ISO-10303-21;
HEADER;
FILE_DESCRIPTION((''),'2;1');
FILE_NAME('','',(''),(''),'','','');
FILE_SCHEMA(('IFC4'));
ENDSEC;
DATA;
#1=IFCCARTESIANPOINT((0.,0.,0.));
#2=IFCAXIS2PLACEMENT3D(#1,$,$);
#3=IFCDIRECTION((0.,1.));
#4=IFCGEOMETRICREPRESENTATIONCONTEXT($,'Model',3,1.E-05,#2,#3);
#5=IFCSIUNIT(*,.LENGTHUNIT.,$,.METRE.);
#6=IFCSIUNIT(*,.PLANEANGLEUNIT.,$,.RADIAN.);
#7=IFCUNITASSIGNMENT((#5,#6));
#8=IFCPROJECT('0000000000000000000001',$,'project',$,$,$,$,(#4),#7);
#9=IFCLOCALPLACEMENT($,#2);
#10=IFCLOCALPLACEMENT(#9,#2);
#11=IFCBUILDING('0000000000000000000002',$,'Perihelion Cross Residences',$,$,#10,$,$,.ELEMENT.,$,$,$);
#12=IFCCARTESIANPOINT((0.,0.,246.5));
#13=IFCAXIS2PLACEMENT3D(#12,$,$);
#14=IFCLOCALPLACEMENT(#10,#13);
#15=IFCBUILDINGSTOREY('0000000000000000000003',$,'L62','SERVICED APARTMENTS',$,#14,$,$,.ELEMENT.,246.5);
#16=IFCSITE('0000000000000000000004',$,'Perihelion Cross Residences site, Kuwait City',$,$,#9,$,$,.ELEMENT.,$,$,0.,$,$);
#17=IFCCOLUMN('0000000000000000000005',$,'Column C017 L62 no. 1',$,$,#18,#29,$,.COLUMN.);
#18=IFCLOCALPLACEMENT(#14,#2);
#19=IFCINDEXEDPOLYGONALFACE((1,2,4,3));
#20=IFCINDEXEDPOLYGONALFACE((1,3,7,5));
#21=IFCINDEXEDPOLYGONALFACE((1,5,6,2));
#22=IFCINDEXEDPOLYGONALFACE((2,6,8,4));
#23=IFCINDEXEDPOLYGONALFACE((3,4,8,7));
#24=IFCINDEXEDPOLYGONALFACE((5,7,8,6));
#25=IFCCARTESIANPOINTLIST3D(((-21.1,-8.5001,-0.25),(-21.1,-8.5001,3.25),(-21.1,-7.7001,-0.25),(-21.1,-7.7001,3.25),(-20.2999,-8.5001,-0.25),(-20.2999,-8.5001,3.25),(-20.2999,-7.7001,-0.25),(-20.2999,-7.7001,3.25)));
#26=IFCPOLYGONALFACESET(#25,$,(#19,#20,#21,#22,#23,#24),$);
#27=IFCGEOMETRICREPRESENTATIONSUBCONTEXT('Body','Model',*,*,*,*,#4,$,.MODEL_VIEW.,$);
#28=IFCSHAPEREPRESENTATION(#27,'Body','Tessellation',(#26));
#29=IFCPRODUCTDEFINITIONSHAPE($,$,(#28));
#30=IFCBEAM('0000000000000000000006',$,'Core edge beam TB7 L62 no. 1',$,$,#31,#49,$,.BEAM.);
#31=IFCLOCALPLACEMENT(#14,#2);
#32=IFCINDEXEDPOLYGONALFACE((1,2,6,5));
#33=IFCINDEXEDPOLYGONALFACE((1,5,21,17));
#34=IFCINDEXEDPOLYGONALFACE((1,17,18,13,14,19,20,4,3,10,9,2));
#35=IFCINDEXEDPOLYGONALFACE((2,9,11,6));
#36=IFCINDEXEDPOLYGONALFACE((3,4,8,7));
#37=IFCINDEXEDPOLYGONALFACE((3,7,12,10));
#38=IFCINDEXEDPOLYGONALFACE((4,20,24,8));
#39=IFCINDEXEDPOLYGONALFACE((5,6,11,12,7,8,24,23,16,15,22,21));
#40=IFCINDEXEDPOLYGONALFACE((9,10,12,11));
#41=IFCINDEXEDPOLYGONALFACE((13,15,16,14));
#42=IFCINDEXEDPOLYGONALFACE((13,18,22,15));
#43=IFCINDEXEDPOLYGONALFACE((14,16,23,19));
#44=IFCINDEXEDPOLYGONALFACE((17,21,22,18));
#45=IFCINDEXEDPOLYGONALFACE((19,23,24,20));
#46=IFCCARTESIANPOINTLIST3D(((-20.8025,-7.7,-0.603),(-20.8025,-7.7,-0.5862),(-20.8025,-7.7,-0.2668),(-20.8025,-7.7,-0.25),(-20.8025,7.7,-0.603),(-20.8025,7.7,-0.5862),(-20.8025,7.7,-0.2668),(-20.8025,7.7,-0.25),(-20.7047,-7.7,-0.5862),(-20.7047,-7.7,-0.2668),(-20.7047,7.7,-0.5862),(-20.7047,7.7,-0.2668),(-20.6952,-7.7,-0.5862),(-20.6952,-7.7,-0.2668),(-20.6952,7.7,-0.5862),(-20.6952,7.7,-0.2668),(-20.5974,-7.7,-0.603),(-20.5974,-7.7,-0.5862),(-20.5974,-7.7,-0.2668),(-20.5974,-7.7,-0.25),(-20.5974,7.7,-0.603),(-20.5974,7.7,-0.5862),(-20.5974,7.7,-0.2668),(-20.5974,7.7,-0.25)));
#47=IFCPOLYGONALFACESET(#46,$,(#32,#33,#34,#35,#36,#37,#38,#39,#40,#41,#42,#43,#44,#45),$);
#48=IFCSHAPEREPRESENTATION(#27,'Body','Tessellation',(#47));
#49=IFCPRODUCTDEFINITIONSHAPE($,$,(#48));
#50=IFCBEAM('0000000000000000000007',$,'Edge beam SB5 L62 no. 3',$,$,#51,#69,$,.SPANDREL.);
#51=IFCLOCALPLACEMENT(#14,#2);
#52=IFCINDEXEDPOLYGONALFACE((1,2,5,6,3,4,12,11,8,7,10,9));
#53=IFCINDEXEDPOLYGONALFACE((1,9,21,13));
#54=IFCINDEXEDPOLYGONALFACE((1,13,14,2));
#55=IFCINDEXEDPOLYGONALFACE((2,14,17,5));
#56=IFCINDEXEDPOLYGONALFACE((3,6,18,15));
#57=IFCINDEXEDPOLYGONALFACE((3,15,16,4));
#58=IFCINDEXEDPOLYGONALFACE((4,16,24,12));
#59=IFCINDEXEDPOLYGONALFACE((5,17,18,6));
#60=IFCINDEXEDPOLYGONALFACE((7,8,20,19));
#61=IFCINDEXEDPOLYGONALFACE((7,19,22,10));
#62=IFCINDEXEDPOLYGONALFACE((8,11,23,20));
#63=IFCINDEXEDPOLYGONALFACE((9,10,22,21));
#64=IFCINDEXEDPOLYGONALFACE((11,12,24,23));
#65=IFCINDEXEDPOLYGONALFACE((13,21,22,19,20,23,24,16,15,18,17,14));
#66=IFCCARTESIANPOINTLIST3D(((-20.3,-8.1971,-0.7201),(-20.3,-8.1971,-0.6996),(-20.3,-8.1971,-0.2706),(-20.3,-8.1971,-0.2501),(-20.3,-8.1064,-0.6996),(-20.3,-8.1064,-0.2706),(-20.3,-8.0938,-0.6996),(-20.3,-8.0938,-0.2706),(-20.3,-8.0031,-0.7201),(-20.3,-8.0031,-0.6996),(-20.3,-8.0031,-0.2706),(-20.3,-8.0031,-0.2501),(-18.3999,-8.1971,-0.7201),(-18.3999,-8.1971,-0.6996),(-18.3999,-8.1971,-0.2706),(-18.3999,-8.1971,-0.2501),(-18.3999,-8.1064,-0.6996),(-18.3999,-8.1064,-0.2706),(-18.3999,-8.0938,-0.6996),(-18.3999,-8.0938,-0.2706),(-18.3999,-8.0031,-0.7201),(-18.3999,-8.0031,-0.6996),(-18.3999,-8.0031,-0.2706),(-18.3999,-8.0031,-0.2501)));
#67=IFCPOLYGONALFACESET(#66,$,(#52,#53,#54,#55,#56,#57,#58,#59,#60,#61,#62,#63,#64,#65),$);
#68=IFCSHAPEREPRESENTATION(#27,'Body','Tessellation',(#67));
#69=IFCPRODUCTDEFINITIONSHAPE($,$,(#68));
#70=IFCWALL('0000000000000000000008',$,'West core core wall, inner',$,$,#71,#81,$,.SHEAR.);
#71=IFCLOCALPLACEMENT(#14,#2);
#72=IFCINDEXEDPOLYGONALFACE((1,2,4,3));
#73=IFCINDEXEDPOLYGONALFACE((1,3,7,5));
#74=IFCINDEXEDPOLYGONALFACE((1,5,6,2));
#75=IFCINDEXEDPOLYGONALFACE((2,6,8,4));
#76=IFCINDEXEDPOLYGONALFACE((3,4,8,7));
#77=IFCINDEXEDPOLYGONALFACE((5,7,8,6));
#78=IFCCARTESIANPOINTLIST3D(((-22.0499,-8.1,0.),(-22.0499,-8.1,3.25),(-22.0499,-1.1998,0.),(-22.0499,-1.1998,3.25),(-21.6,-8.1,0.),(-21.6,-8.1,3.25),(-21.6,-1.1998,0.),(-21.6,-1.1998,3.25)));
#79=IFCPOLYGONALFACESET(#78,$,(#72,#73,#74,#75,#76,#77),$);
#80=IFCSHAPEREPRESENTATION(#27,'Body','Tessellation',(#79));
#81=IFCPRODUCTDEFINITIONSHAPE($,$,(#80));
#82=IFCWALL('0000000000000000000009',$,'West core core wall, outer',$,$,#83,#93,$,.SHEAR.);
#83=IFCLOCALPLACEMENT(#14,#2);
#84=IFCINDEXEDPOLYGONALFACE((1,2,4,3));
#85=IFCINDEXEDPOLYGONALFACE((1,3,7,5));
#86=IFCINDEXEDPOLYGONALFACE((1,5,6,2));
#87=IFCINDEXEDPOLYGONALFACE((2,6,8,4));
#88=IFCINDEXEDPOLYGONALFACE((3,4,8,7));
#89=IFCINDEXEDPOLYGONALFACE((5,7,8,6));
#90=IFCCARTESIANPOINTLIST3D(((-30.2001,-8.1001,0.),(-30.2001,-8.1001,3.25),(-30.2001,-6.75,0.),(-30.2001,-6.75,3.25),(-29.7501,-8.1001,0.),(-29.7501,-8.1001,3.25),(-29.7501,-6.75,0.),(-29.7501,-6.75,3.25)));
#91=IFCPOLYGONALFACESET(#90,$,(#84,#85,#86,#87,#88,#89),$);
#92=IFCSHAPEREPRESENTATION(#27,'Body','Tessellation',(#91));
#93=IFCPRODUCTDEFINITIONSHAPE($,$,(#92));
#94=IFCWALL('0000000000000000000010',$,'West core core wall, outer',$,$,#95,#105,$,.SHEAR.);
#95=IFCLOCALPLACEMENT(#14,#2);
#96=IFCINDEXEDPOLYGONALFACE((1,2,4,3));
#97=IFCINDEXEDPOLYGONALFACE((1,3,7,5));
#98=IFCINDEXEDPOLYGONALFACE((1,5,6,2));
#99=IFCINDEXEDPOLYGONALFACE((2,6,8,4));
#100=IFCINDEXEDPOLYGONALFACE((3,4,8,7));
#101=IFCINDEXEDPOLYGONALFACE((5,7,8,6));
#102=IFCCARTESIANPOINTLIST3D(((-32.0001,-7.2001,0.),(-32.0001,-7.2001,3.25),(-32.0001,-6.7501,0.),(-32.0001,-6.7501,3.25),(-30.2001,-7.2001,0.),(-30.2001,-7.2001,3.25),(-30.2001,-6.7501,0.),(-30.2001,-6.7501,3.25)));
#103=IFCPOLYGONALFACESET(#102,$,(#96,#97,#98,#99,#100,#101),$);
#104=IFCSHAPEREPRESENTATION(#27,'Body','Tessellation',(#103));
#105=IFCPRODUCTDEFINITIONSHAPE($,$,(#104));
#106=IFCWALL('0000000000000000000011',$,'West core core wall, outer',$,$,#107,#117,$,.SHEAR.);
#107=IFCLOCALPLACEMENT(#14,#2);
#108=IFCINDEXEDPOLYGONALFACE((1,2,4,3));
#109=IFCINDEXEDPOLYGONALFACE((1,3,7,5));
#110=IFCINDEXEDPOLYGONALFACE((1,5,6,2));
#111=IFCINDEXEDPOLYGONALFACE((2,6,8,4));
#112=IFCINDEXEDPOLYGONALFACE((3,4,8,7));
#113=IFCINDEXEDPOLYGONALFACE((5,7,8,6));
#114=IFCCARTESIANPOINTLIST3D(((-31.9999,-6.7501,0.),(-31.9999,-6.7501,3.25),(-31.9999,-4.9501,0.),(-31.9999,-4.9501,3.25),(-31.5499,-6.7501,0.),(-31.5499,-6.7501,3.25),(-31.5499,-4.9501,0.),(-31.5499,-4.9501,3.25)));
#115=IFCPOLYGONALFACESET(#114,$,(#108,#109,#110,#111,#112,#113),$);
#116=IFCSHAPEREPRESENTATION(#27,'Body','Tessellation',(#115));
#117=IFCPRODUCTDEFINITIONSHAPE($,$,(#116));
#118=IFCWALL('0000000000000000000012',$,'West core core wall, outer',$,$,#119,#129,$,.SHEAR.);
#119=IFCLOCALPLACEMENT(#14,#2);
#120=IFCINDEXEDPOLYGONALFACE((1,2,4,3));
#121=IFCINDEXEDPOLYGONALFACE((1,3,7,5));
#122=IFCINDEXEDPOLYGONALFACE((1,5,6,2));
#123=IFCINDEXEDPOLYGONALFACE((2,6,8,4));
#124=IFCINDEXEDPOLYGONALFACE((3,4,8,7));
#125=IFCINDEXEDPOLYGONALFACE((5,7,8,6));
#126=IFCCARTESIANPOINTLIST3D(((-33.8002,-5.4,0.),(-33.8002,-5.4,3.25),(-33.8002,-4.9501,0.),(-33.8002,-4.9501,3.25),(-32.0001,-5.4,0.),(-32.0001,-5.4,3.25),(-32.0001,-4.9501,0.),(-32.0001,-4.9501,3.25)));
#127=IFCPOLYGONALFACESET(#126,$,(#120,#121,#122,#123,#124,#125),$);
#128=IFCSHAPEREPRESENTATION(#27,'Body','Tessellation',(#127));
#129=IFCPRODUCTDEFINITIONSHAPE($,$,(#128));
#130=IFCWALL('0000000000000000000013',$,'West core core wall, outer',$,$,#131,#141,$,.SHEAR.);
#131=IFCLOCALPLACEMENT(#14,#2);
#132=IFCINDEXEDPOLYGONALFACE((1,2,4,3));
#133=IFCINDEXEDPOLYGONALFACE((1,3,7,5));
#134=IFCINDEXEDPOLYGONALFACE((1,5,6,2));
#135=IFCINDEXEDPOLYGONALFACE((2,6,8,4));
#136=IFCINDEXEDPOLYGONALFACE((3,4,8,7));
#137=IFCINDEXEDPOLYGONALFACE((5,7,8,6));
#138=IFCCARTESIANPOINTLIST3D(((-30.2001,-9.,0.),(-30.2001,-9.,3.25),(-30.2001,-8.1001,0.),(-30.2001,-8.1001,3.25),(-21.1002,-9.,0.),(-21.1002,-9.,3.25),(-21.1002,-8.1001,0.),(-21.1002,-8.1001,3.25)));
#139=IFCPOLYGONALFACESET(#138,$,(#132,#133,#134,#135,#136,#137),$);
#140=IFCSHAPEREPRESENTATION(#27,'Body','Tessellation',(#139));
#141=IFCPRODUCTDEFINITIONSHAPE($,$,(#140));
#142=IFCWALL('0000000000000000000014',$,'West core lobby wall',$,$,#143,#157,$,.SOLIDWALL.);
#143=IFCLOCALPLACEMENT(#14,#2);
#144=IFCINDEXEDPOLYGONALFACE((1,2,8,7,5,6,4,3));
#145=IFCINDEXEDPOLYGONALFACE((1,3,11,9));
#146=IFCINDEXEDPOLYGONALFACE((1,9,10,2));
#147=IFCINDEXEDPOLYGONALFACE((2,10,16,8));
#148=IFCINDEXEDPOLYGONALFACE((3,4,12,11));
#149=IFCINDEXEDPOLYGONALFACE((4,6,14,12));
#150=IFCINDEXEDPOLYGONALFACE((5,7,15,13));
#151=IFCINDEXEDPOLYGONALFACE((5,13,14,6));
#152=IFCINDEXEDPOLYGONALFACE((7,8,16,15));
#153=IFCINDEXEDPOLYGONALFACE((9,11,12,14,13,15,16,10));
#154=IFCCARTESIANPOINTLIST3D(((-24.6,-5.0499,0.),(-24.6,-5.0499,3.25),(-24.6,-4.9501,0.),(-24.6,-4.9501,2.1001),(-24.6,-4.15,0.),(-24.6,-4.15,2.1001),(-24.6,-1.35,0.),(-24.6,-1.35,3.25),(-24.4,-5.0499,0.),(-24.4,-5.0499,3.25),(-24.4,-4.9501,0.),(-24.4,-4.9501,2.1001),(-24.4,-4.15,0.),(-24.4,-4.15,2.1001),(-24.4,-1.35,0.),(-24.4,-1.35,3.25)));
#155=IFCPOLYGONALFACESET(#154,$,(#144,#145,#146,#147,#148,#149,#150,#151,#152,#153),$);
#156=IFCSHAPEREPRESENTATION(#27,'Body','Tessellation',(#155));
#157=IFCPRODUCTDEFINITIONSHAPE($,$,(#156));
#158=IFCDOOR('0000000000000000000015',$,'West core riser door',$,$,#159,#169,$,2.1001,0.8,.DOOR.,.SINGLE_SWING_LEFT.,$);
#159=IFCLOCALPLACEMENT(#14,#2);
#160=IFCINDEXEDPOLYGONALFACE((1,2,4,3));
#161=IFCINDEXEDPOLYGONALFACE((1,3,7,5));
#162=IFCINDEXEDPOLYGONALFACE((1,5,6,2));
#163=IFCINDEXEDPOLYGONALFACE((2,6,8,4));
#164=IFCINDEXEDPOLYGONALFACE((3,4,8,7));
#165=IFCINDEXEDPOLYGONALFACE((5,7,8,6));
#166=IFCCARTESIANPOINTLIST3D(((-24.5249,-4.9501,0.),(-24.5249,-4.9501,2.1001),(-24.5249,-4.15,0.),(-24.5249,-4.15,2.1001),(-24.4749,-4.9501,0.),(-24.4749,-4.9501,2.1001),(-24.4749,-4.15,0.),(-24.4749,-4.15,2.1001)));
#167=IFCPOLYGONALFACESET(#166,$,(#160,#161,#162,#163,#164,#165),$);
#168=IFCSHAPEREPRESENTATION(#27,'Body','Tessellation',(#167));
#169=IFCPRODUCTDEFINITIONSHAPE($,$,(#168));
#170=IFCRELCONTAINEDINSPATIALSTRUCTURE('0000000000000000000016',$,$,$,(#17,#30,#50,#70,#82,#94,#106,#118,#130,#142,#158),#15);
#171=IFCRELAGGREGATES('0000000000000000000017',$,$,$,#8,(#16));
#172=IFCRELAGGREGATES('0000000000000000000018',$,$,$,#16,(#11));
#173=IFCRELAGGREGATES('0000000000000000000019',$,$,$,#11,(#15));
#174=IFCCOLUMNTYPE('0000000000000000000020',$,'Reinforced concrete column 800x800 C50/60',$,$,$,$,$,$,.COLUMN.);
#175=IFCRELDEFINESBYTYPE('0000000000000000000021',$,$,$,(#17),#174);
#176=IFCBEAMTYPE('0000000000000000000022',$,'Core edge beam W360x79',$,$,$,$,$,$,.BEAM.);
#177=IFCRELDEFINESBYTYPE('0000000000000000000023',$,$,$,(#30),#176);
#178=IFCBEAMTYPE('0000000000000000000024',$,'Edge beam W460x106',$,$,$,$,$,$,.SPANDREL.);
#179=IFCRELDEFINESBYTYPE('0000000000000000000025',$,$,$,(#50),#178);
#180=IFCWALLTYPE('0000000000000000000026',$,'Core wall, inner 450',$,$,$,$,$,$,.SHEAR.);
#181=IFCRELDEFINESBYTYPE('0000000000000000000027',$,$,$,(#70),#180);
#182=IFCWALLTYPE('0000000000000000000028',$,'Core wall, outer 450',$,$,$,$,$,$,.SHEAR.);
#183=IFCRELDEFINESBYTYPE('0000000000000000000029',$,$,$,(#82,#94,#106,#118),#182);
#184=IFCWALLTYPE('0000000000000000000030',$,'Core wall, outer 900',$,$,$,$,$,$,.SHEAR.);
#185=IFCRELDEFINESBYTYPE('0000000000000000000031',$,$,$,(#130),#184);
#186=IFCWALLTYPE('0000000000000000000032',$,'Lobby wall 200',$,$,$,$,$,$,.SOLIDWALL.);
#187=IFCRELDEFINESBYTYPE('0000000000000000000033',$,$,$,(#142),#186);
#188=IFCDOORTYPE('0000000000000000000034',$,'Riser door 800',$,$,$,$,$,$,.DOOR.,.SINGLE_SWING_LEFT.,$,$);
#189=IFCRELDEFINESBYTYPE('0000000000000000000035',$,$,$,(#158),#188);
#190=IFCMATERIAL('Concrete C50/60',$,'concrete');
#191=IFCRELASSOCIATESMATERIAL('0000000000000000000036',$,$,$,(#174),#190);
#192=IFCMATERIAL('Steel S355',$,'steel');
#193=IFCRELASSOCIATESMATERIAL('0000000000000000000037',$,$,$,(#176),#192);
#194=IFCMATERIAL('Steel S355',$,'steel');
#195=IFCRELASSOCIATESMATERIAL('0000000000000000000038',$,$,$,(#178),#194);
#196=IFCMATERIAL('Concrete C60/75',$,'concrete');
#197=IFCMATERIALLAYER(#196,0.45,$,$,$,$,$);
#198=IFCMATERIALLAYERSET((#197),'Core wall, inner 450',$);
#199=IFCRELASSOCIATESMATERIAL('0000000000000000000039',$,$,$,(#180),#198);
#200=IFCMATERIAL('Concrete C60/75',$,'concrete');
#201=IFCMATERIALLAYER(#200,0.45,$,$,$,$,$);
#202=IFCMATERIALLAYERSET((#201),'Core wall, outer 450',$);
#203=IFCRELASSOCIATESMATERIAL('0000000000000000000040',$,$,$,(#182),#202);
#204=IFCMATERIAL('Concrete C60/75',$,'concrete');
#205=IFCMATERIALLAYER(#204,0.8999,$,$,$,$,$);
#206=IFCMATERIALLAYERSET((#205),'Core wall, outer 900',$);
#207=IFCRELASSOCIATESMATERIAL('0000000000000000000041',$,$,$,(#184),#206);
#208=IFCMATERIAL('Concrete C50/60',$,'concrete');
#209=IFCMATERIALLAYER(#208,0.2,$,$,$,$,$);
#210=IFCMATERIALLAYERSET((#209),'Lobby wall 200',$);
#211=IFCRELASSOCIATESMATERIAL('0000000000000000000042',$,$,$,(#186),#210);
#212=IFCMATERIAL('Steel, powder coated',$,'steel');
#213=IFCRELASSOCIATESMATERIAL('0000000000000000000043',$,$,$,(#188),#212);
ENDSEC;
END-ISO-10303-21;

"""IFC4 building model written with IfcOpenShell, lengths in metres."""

from ifc_helpers import new_model, si_unit, direction, frame, frame_2d, origin, origin_2d, place, context, subcontext, project, spatial, rectangle, i_section, extrude, material, layer, layer_set, material_profile, profile_set, type_object, element, fill, save


model = new_model("IFC4")

# Units and contexts
model_context = context("Model", 3, precision=1e-05, world=origin(), true_north=direction((0.0, 1.0)))
body_context = subcontext(model_context, "Body", "Model", "MODEL_VIEW")
ifc_project = project(units=[si_unit("LENGTHUNIT", "METRE"), si_unit("PLANEANGLEUNIT", "RADIAN")], contexts=[model_context])

# Site, building, storey
site_placement = place(None, origin())
site = spatial("IfcSite", under=ifc_project, at=site_placement, Name="Perihelion Cross Residences site, Kuwait City", CompositionType="ELEMENT", RefElevation=0.0)
building_placement = place(site_placement, origin())
building = spatial("IfcBuilding", under=site, at=building_placement, Name="Perihelion Cross Residences", CompositionType="ELEMENT")
storey_placement = place(building_placement, frame((0.0, 0.0, 246.5)))
storey = spatial("IfcBuildingStorey", under=building, at=storey_placement, Name="L62", Description="SERVICED APARTMENTS", CompositionType="ELEMENT", Elevation=246.5)

# Column
ifc_material_1 = material(Name="Concrete C50/60", Category="concrete")
ifc_material_profile_1 = material_profile(ifc_material_1, rectangle(XDim=0.8, YDim=0.8, at=origin_2d()), Name="RC 800x800")
ifc_profile_set_1 = profile_set([ifc_material_profile_1], Name="Concrete C50/60")
column_type = type_object("IfcColumnType", Name="Reinforced concrete column 800x800 C50/60", PredefinedType="COLUMN", material=ifc_profile_set_1)
column_placement = place(storey_placement, frame((-20.7, -8.1001, -0.25), z_axis=(0.0, 0.0, 1.0), x_axis=(1.0, 0.0, 0.0)))
element("IfcColumn", 1, at=column_placement, inside=storey, type_object=column_type, Name="Column C017 L62 no. 1", PredefinedType="COLUMN", context=body_context, shape_type="SweptSolid", body=[
    extrude(rectangle(XDim=0.8, YDim=0.8, at=origin_2d()), origin(), (0.0, 0.0, 1.0), 3.5),
])

# Beams
ifc_material_2 = material(Name="Steel S355", Category="steel")
ifc_material_profile_2 = material_profile(ifc_material_2, i_section(OverallWidth=0.2051, OverallDepth=0.353, WebThickness=0.0095, FlangeThickness=0.0168, at=origin_2d()), Name="W360x79")
ifc_profile_set_2 = profile_set([ifc_material_profile_2], Name="Steel S355")
beam_type_1 = type_object("IfcBeamType", Name="Core edge beam W360x79", PredefinedType="BEAM", material=ifc_profile_set_2)
beam_1_placement = place(storey_placement, frame((-20.7, -7.7, -0.4265), z_axis=(0.0, 1.0, 0.0), x_axis=(-1.0, 0.0, 0.0)))
element("IfcBeam", 2, at=beam_1_placement, inside=storey, type_object=beam_type_1, Name="Core edge beam TB7 L62 no. 1", PredefinedType="BEAM", context=body_context, shape_type="SweptSolid", body=[
    extrude(i_section(OverallWidth=0.2051, OverallDepth=0.353, WebThickness=0.0095, FlangeThickness=0.0168, at=origin_2d()), origin(), (0.0, 0.0, 1.0), 15.3999),
])
ifc_material_3 = material(Name="Steel S355", Category="steel")
ifc_material_profile_3 = material_profile(ifc_material_3, i_section(OverallWidth=0.1941, OverallDepth=0.47, WebThickness=0.0127, FlangeThickness=0.0205, at=origin_2d()), Name="W460x106")
ifc_profile_set_3 = profile_set([ifc_material_profile_3], Name="Steel S355")
beam_type_2 = type_object("IfcBeamType", Name="Edge beam W460x106", PredefinedType="SPANDREL", material=ifc_profile_set_3)
beam_2_placement = place(storey_placement, frame((-20.3, -8.1001, -0.4851), z_axis=(1.0, 0.0, 0.0), x_axis=(0.0, 1.0, 0.0)))
element("IfcBeam", 3, at=beam_2_placement, inside=storey, type_object=beam_type_2, Name="Edge beam SB5 L62 no. 3", PredefinedType="SPANDREL", context=body_context, shape_type="SweptSolid", body=[
    extrude(i_section(OverallWidth=0.1941, OverallDepth=0.47, WebThickness=0.0127, FlangeThickness=0.0205, at=origin_2d()), origin(), (0.0, 0.0, 1.0), 1.9001),
])

# Walls
ifc_material_4 = material(Name="Concrete C60/75", Category="concrete")
ifc_layer_1 = layer(ifc_material_4, 0.45)
ifc_layer_set_1 = layer_set([ifc_layer_1], Name="Core wall, inner 450")
wall_type_1 = type_object("IfcWallType", Name="Core wall, inner 450", PredefinedType="SHEAR", material=ifc_layer_set_1)
wall_1_placement = place(storey_placement, frame((-21.825, -8.1001, 0.0), z_axis=(0.0, 0.0, 1.0), x_axis=(0.0, 1.0, 0.0)))
element("IfcWall", 4, at=wall_1_placement, inside=storey, type_object=wall_type_1, Name="West core core wall, inner", PredefinedType="SHEAR", context=body_context, shape_type="SweptSolid", body=[
    extrude(rectangle(XDim=6.9001, YDim=0.45, at=frame_2d((3.4502, 0.0))), origin(), (0.0, 0.0, 1.0), 3.25),
])
ifc_material_5 = material(Name="Concrete C60/75", Category="concrete")
ifc_layer_2 = layer(ifc_material_5, 0.45)
ifc_layer_set_2 = layer_set([ifc_layer_2], Name="Core wall, outer 450")
wall_type_2 = type_object("IfcWallType", Name="Core wall, outer 450", PredefinedType="SHEAR", material=ifc_layer_set_2)
wall_2_placement = place(storey_placement, frame((-29.9751, -8.1001, 0.0), z_axis=(0.0, 0.0, 1.0), x_axis=(0.0, 1.0, 0.0)))
element("IfcWall", 5, at=wall_2_placement, inside=storey, type_object=wall_type_2, Name="West core core wall, outer", PredefinedType="SHEAR", context=body_context, shape_type="SweptSolid", body=[
    extrude(rectangle(XDim=1.3501, YDim=0.45, at=frame_2d((0.675, 0.0))), origin(), (0.0, 0.0, 1.0), 3.25),
])
for number, where, z_axis, x_axis, name in (
    (6, (-32.0, -6.9751, 0.0), (0.0, 0.0, 1.0), (1.0, 0.0, 0.0), "West core core wall, outer"),
    (7, (-31.7749, -6.75, 0.0), (0.0, 0.0, 1.0), (0.0, 1.0, 0.0), "West core core wall, outer"),
    (8, (-33.8, -5.175, 0.0), (0.0, 0.0, 1.0), (1.0, 0.0, 0.0), "West core core wall, outer"),
):
    element("IfcWall", number, at=place(storey_placement, frame(where, z_axis=z_axis, x_axis=x_axis)), inside=storey, type_object=wall_type_2, Name=name, PredefinedType="SHEAR", context=body_context, shape_type="SweptSolid", body=[
        extrude(rectangle(XDim=1.8, YDim=0.45, at=frame_2d((0.8999, 0.0))), origin(), (0.0, 0.0, 1.0), 3.25),
    ])
ifc_material_6 = material(Name="Concrete C60/75", Category="concrete")
ifc_layer_3 = layer(ifc_material_6, 0.8999)
ifc_layer_set_3 = layer_set([ifc_layer_3], Name="Core wall, outer 900")
wall_type_3 = type_object("IfcWallType", Name="Core wall, outer 900", PredefinedType="SHEAR", material=ifc_layer_set_3)
wall_3_placement = place(storey_placement, frame((-30.2, -8.55, 0.0), z_axis=(0.0, 0.0, 1.0), x_axis=(1.0, 0.0, 0.0)))
element("IfcWall", 9, at=wall_3_placement, inside=storey, type_object=wall_type_3, Name="West core core wall, outer", PredefinedType="SHEAR", context=body_context, shape_type="SweptSolid", body=[
    extrude(rectangle(XDim=9.0999, YDim=0.8999, at=frame_2d((4.5498, 0.0))), origin(), (0.0, 0.0, 1.0), 3.25),
])

# Wall, opening, door
ifc_material_7 = material(Name="Concrete C50/60", Category="concrete")
ifc_layer_4 = layer(ifc_material_7, 0.2)
ifc_layer_set_4 = layer_set([ifc_layer_4], Name="Lobby wall 200")
wall_type_4 = type_object("IfcWallType", Name="Lobby wall 200", PredefinedType="SOLIDWALL", material=ifc_layer_set_4)
wall_4_placement = place(storey_placement, frame((-24.5, -5.05, 0.0), z_axis=(0.0, 0.0, 1.0), x_axis=(0.0, 1.0, 0.0)))
wall_4 = element("IfcWall", 10, at=wall_4_placement, inside=storey, type_object=wall_type_4, Name="West core lobby wall", PredefinedType="SOLIDWALL", context=body_context, shape_type="SweptSolid", body=[
    extrude(rectangle(XDim=3.7, YDim=0.2, at=frame_2d((1.8501, 0.0))), origin(), (0.0, 0.0, 1.0), 3.25),
])
opening_1_placement = place(wall_4_placement, frame((0.1001, 0.0, 0.0)))
opening_1 = element("IfcOpeningElement", 11, at=opening_1_placement, cuts=wall_4, PredefinedType="OPENING", context=body_context, shape_type="SweptSolid", body=[
    extrude(rectangle(XDim=0.8, YDim=2.1001, at=frame_2d((0.3999, 1.05))), frame((0.0, 0.1099, 0.0), z_axis=(0.0, -1.0, 0.0), x_axis=(1.0, 0.0, 0.0)), (0.0, 0.0, 1.0), 0.22),
])
ifc_material_8 = material(Name="Steel, powder coated", Category="steel")
door_type_1 = type_object("IfcDoorType", Name="Riser door 800", OperationType="SINGLE_SWING_LEFT", PredefinedType="DOOR", material=ifc_material_8)
door_1_placement = place(opening_1_placement, origin())
door_1 = element("IfcDoor", 12, at=door_1_placement, inside=storey, type_object=door_type_1, Name="West core riser door", OperationType="SINGLE_SWING_LEFT", OverallHeight=2.1001, OverallWidth=0.8, PredefinedType="DOOR", context=body_context, shape_type="SweptSolid", body=[
    extrude(rectangle(XDim=0.8, YDim=2.1001, at=frame_2d((0.3999, 1.05))), frame((0.0, 0.0249, 0.0), z_axis=(0.0, -1.0, 0.0), x_axis=(1.0, 0.0, 0.0)), (0.0, 0.0, 1.0), 0.05),
])
fill(opening_1, door_1)

save(model, "model.ifc")
